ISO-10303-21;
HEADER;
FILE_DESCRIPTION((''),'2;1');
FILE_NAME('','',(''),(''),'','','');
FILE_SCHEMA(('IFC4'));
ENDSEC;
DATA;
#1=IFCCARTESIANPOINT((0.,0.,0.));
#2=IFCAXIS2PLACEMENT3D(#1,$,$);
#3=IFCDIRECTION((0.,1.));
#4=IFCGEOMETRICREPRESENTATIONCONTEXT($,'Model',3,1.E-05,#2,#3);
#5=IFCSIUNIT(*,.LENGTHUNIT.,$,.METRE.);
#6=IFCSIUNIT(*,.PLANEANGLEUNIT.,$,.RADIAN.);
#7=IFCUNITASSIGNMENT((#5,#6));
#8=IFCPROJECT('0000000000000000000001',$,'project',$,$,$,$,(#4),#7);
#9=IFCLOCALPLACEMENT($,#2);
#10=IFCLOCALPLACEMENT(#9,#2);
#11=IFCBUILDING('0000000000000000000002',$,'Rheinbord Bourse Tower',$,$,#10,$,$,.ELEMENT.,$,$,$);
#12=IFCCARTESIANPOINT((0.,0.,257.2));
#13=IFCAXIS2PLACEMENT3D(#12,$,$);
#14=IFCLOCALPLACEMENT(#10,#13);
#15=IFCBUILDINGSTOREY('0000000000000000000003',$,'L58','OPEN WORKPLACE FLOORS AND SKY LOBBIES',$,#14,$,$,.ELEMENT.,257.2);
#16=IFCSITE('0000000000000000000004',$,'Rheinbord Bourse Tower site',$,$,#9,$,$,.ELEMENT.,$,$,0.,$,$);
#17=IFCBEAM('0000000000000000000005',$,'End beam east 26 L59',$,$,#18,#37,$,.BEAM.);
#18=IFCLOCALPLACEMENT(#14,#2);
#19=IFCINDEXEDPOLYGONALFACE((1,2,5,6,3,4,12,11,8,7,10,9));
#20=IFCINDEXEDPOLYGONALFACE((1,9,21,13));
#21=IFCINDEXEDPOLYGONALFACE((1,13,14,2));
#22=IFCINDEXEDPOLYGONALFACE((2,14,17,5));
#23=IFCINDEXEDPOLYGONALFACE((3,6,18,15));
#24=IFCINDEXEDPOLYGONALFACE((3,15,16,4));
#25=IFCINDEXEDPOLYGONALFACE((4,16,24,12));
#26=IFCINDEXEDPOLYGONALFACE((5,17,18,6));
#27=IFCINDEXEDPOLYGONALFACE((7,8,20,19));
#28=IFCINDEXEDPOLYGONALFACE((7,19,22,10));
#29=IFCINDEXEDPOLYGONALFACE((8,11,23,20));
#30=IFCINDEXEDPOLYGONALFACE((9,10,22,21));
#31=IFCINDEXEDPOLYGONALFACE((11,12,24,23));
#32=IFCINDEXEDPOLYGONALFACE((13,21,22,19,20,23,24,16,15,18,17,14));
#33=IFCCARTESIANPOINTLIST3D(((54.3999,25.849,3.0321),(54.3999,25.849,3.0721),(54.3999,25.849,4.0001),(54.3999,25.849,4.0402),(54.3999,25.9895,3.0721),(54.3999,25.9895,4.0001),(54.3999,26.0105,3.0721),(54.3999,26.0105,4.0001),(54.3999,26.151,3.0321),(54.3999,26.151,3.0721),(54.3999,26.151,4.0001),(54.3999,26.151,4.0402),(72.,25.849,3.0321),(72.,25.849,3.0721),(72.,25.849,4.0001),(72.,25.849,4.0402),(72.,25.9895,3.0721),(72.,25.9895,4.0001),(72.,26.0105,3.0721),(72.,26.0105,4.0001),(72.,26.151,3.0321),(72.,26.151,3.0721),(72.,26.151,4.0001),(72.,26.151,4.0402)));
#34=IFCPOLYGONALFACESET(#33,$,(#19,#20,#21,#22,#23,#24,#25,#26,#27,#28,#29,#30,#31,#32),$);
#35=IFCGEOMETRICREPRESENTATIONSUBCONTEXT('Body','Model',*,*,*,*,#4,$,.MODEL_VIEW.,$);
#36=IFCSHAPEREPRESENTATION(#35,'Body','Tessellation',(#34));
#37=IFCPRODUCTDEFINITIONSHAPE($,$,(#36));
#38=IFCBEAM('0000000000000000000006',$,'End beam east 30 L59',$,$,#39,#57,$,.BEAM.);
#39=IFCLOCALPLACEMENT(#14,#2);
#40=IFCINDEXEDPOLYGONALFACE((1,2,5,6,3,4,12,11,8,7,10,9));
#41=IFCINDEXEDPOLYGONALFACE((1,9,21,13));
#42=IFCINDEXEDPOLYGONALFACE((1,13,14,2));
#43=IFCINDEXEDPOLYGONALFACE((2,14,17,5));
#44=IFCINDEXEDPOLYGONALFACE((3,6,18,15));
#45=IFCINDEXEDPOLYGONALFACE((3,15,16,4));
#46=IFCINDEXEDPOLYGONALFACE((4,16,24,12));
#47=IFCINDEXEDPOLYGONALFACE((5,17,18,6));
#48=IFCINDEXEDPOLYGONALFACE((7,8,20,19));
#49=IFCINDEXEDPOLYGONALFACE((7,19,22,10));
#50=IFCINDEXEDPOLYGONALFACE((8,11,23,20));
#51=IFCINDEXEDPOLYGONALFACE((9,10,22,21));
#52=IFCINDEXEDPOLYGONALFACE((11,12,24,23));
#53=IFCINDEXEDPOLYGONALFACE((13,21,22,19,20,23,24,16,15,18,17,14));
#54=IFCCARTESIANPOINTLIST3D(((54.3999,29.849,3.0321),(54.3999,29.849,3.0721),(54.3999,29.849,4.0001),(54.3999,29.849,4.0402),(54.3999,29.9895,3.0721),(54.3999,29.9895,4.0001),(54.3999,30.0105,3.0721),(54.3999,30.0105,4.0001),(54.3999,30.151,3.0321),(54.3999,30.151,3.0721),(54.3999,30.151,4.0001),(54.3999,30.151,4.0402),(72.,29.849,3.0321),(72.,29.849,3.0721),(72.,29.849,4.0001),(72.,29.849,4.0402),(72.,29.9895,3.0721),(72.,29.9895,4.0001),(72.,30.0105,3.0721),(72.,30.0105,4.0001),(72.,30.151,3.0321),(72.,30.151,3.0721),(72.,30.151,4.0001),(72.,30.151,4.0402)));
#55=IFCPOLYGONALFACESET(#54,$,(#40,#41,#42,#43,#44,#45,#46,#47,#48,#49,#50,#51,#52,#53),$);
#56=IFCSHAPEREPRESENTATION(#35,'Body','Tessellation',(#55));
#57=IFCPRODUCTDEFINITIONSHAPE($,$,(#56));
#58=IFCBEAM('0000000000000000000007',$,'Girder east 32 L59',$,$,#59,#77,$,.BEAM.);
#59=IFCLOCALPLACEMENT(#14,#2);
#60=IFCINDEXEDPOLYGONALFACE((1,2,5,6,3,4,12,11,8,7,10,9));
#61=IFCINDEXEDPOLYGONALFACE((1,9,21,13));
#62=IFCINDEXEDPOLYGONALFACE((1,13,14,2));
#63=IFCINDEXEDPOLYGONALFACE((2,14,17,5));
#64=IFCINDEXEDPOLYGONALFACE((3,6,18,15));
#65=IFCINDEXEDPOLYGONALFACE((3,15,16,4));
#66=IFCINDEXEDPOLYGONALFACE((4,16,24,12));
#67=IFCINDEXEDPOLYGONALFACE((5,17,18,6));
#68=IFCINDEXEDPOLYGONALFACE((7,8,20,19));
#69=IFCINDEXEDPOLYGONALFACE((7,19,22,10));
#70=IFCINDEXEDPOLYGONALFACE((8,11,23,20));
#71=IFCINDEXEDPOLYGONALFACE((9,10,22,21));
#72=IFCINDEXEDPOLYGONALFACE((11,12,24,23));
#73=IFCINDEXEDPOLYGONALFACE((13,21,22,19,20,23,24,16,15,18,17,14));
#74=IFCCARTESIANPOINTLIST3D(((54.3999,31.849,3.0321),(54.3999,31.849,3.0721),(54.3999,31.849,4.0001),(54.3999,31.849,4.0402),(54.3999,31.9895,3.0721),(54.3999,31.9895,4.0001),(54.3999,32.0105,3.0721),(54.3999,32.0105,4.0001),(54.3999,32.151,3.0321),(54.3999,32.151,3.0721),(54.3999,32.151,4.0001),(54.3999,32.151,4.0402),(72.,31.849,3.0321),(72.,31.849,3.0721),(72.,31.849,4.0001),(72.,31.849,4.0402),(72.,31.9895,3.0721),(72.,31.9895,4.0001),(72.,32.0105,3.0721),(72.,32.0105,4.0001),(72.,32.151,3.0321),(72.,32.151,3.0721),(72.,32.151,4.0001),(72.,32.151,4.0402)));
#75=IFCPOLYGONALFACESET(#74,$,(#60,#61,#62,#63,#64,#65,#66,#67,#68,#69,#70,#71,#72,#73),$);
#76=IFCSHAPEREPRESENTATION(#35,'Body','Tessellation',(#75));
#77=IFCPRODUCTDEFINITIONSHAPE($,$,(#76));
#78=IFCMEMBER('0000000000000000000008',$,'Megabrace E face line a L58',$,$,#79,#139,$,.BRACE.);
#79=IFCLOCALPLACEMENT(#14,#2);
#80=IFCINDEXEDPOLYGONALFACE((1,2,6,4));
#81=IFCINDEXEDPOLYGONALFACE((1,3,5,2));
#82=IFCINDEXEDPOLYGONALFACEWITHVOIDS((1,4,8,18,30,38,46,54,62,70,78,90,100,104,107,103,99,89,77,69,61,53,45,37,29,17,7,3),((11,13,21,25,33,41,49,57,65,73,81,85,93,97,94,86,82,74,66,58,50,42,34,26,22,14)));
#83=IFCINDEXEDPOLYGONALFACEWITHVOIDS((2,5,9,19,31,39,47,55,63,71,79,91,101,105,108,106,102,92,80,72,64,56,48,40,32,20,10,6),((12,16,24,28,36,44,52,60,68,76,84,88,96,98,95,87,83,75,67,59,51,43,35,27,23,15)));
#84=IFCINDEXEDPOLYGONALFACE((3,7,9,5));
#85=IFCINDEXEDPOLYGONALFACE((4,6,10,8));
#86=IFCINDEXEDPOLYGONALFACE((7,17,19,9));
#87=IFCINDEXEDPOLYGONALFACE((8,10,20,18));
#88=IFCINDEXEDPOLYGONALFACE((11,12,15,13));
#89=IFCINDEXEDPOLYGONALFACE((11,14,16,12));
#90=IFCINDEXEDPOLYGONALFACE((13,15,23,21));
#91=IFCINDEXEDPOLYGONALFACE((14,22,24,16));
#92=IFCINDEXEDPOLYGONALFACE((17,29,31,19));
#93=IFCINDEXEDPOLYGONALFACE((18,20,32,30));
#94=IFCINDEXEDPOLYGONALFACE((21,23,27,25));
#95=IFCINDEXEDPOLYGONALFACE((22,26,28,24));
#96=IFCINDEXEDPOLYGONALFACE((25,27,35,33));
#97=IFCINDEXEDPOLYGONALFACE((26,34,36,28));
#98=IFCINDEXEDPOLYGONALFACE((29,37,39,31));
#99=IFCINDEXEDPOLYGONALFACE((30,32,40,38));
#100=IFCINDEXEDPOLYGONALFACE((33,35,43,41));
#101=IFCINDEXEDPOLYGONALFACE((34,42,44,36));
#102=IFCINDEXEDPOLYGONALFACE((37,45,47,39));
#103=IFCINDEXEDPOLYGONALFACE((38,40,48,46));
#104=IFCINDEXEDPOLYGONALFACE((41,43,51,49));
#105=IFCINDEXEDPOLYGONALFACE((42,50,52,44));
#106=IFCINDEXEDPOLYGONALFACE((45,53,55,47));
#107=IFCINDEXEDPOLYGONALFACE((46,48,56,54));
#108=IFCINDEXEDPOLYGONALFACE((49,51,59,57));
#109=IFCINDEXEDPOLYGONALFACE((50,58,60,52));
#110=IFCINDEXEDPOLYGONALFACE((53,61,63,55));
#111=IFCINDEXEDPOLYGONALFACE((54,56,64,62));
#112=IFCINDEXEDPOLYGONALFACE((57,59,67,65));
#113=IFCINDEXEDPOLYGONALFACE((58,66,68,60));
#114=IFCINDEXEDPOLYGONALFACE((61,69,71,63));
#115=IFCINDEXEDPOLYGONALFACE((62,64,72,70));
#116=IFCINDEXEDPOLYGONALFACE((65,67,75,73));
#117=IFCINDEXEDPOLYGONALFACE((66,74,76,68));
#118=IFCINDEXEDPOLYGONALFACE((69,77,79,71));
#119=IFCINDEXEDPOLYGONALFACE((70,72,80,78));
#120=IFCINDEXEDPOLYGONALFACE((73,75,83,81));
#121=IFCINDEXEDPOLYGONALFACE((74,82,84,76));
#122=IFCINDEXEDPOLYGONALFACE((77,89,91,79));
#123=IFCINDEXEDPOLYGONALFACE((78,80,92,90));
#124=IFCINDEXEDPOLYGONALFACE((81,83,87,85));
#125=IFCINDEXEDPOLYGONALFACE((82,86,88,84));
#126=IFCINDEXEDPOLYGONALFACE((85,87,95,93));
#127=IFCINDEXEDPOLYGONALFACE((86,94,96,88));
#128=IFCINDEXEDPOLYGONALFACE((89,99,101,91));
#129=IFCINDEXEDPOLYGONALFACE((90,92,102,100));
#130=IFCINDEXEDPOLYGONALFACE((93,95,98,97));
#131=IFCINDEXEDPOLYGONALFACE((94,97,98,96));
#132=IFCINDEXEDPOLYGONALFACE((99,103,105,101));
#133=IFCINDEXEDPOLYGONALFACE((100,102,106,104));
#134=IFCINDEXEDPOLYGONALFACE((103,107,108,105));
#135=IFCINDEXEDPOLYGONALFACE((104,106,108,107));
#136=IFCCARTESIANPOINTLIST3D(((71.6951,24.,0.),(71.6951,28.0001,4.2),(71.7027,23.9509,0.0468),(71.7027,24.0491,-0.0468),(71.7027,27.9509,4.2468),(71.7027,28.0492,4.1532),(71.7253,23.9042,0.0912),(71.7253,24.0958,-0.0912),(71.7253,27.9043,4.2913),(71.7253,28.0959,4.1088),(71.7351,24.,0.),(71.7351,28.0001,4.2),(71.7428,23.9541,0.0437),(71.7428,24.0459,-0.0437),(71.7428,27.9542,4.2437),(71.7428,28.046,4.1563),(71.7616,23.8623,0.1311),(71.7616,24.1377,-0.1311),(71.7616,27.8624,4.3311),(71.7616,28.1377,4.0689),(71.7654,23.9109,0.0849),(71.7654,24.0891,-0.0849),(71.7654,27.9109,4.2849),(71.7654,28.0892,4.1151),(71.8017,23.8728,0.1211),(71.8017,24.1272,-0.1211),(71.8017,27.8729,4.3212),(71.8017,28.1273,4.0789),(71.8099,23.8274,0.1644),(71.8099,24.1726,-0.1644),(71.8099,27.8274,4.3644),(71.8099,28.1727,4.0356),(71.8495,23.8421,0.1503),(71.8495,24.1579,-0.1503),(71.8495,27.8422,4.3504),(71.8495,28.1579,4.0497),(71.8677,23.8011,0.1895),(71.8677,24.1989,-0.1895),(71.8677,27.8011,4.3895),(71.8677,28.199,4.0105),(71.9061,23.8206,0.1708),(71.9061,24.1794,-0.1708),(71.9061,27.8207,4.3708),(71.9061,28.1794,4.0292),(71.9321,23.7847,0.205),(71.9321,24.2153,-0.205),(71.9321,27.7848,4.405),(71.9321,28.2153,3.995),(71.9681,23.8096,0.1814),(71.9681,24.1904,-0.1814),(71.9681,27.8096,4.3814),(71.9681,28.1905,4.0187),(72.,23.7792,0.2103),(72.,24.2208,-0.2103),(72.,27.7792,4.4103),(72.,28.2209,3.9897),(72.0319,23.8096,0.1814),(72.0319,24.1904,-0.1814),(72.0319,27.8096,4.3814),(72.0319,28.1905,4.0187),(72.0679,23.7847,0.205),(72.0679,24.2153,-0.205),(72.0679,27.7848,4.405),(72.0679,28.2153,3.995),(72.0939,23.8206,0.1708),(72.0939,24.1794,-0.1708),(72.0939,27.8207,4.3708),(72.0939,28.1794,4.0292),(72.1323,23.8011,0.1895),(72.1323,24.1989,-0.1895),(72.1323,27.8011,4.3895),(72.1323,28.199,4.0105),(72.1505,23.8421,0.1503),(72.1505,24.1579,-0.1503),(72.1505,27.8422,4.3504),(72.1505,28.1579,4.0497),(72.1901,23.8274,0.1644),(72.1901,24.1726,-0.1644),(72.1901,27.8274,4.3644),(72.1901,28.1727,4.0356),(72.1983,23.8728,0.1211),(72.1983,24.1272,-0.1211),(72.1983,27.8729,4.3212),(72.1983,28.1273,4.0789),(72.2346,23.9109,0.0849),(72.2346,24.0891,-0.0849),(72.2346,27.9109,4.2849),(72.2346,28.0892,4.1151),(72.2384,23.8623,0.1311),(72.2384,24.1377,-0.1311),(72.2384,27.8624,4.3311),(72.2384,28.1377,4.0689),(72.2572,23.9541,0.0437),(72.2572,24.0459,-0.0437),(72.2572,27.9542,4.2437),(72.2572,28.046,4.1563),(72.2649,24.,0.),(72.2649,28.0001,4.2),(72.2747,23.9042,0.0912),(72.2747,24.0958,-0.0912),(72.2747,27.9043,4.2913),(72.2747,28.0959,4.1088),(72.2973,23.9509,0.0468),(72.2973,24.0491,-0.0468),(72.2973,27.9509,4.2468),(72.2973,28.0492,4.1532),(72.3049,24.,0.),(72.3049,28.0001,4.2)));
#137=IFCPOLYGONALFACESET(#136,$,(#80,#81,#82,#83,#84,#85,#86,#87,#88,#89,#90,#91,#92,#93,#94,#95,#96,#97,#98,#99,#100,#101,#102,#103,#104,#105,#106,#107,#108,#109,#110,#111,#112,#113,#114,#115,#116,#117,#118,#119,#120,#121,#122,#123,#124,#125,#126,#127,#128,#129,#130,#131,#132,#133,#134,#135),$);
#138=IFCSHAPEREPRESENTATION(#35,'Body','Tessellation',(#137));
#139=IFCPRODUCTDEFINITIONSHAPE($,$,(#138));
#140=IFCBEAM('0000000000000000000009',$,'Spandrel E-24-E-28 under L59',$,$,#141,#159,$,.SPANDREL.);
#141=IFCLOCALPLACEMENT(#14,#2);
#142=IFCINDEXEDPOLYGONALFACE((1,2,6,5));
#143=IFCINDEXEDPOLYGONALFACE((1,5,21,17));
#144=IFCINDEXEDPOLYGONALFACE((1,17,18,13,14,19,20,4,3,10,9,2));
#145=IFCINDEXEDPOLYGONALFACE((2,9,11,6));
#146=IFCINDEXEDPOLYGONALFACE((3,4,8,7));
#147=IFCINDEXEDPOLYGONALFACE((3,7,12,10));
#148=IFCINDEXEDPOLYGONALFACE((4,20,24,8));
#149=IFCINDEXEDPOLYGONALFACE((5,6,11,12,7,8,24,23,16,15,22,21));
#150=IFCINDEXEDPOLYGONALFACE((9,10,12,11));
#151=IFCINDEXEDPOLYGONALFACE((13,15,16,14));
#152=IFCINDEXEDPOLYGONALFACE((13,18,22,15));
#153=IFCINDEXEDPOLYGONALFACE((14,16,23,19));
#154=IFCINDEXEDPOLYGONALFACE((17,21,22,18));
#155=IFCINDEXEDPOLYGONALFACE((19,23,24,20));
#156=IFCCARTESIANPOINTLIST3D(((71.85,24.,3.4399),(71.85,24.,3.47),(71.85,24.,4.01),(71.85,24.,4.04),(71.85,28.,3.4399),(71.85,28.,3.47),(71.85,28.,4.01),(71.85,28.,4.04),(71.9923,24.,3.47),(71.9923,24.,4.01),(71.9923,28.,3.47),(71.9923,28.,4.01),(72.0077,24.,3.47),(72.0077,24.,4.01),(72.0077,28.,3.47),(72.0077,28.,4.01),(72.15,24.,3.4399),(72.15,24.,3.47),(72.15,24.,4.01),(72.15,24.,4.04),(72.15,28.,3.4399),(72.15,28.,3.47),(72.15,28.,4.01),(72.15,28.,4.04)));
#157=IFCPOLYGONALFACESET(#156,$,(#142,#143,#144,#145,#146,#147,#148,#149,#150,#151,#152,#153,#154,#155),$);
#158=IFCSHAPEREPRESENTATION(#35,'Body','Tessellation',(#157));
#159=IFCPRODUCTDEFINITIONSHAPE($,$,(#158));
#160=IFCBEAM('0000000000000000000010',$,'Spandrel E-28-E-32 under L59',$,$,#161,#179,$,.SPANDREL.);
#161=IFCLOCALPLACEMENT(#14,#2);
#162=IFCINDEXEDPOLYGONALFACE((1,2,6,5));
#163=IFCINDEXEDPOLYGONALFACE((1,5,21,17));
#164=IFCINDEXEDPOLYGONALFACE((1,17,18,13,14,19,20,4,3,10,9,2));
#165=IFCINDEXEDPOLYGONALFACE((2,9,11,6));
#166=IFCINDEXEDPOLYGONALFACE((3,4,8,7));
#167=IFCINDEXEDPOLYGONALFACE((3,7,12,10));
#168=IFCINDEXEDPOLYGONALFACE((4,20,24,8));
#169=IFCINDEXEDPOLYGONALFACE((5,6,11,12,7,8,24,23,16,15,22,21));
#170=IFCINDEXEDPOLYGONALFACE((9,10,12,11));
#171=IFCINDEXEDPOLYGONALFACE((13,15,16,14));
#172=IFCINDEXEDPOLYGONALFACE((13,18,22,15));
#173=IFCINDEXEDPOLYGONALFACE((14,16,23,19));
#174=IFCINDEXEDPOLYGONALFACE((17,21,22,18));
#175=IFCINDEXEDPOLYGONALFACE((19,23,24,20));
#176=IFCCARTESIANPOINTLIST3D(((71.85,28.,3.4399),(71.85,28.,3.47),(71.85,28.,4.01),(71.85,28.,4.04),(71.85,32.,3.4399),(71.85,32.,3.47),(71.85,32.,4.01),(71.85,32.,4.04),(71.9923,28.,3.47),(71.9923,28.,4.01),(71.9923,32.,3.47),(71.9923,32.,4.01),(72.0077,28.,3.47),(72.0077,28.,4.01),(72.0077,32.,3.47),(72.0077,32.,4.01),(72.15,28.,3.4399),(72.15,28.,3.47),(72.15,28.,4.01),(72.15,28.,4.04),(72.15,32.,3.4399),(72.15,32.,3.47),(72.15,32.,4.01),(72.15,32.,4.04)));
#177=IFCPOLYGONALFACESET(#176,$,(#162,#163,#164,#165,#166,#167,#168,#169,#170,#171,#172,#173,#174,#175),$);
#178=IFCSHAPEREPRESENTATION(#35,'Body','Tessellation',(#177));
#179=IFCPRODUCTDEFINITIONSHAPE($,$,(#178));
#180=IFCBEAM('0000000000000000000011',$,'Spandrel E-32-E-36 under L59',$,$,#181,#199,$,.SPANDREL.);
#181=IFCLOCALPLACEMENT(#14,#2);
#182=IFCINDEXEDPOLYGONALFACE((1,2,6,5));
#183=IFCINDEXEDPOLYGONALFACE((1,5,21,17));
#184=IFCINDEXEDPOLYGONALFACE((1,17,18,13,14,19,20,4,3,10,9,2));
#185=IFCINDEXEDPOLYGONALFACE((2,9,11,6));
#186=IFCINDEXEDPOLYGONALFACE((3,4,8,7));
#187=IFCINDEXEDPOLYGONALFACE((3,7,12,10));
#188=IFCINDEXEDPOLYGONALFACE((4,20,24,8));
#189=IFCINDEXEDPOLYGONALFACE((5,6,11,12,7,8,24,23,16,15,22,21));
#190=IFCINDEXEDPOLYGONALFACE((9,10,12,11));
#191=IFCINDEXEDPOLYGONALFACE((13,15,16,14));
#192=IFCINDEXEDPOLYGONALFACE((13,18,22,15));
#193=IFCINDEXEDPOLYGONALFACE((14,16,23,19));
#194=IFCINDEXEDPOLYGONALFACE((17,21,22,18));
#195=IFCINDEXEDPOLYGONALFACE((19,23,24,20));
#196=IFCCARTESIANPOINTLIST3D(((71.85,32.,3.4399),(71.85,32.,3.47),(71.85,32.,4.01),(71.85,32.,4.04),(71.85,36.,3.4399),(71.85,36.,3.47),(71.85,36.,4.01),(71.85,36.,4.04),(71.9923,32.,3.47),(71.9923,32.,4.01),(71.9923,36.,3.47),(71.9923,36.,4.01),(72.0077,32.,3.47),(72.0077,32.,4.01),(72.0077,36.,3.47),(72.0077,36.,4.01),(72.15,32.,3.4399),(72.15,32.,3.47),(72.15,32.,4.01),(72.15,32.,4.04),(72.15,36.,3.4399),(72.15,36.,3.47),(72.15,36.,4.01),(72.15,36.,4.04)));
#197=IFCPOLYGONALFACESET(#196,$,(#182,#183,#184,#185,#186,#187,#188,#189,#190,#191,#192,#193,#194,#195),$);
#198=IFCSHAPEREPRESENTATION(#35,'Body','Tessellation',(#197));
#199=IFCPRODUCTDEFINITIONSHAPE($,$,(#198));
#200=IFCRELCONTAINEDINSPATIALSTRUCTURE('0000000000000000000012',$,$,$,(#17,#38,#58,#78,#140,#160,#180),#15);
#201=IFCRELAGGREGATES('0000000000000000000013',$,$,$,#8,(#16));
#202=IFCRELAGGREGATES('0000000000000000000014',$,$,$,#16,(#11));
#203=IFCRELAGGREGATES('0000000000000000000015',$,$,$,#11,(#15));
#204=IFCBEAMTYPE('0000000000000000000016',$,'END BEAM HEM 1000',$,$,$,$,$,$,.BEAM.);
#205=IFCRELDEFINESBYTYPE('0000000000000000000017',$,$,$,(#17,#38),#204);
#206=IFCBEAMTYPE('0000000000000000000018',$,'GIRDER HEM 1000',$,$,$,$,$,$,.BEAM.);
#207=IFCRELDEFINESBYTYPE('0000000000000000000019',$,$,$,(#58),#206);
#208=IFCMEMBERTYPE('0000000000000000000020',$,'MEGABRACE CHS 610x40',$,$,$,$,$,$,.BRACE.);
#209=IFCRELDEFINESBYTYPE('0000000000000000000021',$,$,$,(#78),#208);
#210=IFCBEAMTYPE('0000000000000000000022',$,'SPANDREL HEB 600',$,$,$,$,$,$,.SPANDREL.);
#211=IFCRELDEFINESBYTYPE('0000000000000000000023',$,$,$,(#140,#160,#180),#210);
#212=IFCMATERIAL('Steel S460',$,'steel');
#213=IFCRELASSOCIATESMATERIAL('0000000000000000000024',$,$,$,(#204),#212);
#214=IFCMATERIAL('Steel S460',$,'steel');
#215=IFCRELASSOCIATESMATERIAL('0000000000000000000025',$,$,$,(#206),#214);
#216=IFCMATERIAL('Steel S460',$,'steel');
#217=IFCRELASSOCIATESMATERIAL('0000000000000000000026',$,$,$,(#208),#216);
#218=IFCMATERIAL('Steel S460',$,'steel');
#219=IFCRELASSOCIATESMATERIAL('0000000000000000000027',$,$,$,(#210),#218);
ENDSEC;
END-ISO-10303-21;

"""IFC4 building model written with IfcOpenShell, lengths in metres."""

from ifc_helpers import new_model, si_unit, direction, frame, origin, origin_2d, place, context, subcontext, project, spatial, hollow_circle, i_section, extrude, material, material_profile, profile_set, type_object, element, save


model = new_model("IFC4")

# Units and contexts
model_context = context("Model", 3, precision=1e-05, world=origin(), true_north=direction((0.0, 1.0)))
body_context = subcontext(model_context, "Body", "Model", "MODEL_VIEW")
ifc_project = project(units=[si_unit("LENGTHUNIT", "METRE"), si_unit("PLANEANGLEUNIT", "RADIAN")], contexts=[model_context])

# Site, building, storey
site_placement = place(None, origin())
site = spatial("IfcSite", under=ifc_project, at=site_placement, Name="Rheinbord Bourse Tower site", CompositionType="ELEMENT", RefElevation=0.0)
building_placement = place(site_placement, origin())
building = spatial("IfcBuilding", under=site, at=building_placement, Name="Rheinbord Bourse Tower", CompositionType="ELEMENT")
storey_placement = place(building_placement, frame((0.0, 0.0, 257.2)))
storey = spatial("IfcBuildingStorey", under=building, at=storey_placement, Name="L58", Description="OPEN WORKPLACE FLOORS AND SKY LOBBIES", CompositionType="ELEMENT", Elevation=257.2)

# Beams
ifc_material_1 = material(Name="Steel S460", Category="steel")
ifc_material_profile_1 = material_profile(ifc_material_1, i_section(OverallWidth=0.302, OverallDepth=1.0081, WebThickness=0.021, FlangeThickness=0.04, at=origin_2d()), Name="HEM 1000")
ifc_profile_set_1 = profile_set([ifc_material_profile_1], Name="Steel S460")
beam_type_1 = type_object("IfcBeamType", Name="END BEAM HEM 1000", PredefinedType="BEAM", material=ifc_profile_set_1)
for number, where, z_axis, x_axis, name in (
    (1, (54.3999, 26.0, 3.5361), (1.0, 0.0, 0.0), (0.0, 1.0, 0.0), "End beam east 26 L59"),
    (2, (54.3999, 30.0, 3.5361), (1.0, 0.0, 0.0), (0.0, 1.0, 0.0), "End beam east 30 L59"),
):
    element("IfcBeam", number, at=place(storey_placement, frame(where, z_axis=z_axis, x_axis=x_axis)), inside=storey, type_object=beam_type_1, Name=name, PredefinedType="BEAM", context=body_context, shape_type="SweptSolid", body=[
        extrude(i_section(OverallWidth=0.302, OverallDepth=1.0081, WebThickness=0.021, FlangeThickness=0.04, at=origin_2d()), origin(), (0.0, 0.0, 1.0), 17.6001),
    ])
ifc_material_2 = material(Name="Steel S460", Category="steel")
ifc_material_profile_2 = material_profile(ifc_material_2, i_section(OverallWidth=0.302, OverallDepth=1.0081, WebThickness=0.021, FlangeThickness=0.04, at=origin_2d()), Name="HEM 1000")
ifc_profile_set_2 = profile_set([ifc_material_profile_2], Name="Steel S460")
beam_type_2 = type_object("IfcBeamType", Name="GIRDER HEM 1000", PredefinedType="BEAM", material=ifc_profile_set_2)
beam_1_placement = place(storey_placement, frame((54.3999, 32.0, 3.5361), z_axis=(1.0, 0.0, 0.0), x_axis=(0.0, 1.0, 0.0)))
element("IfcBeam", 3, at=beam_1_placement, inside=storey, type_object=beam_type_2, Name="Girder east 32 L59", PredefinedType="BEAM", context=body_context, shape_type="SweptSolid", body=[
    extrude(i_section(OverallWidth=0.302, OverallDepth=1.0081, WebThickness=0.021, FlangeThickness=0.04, at=origin_2d()), origin(), (0.0, 0.0, 1.0), 17.6001),
])

# Member
ifc_material_3 = material(Name="Steel S460", Category="steel")
ifc_material_profile_3 = material_profile(ifc_material_3, hollow_circle(Radius=0.3049, WallThickness=0.04, at=origin_2d()), Name="CHS 610x40")
ifc_profile_set_3 = profile_set([ifc_material_profile_3], Name="Steel S460")
member_type_1 = type_object("IfcMemberType", Name="MEGABRACE CHS 610x40", PredefinedType="BRACE", material=ifc_profile_set_3)
member_1_placement = place(storey_placement, frame((72.0, 24.0, 0.0), z_axis=(0.0, 0.689659, 0.724134), x_axis=(-1.0, 0.0, 0.0)))
element("IfcMember", 4, at=member_1_placement, inside=storey, type_object=member_type_1, Name="Megabrace E face line a L58", PredefinedType="BRACE", context=body_context, shape_type="SweptSolid", body=[
    extrude(hollow_circle(Radius=0.3049, WallThickness=0.04, at=origin_2d()), origin(), (0.0, 0.0, 1.0), 5.8),
])

# Beams
ifc_material_4 = material(Name="Steel S460", Category="steel")
ifc_material_profile_4 = material_profile(ifc_material_4, i_section(OverallWidth=0.3, OverallDepth=0.6001, WebThickness=0.0154, FlangeThickness=0.03, at=origin_2d()), Name="HEB 600")
ifc_profile_set_4 = profile_set([ifc_material_profile_4], Name="Steel S460")
beam_type_3 = type_object("IfcBeamType", Name="SPANDREL HEB 600", PredefinedType="SPANDREL", material=ifc_profile_set_4)
for number, where, z_axis, x_axis, name in (
    (5, (72.0, 24.0, 3.74), (0.0, 1.0, 0.0), (-1.0, 0.0, 0.0), "Spandrel E-24-E-28 under L59"),
    (6, (72.0, 28.0, 3.74), (0.0, 1.0, 0.0), (-1.0, 0.0, 0.0), "Spandrel E-28-E-32 under L59"),
    (7, (72.0, 32.0, 3.74), (0.0, 1.0, 0.0), (-1.0, 0.0, 0.0), "Spandrel E-32-E-36 under L59"),
):
    element("IfcBeam", number, at=place(storey_placement, frame(where, z_axis=z_axis, x_axis=x_axis)), inside=storey, type_object=beam_type_3, Name=name, PredefinedType="SPANDREL", context=body_context, shape_type="SweptSolid", body=[
        extrude(i_section(OverallWidth=0.3, OverallDepth=0.6001, WebThickness=0.0154, FlangeThickness=0.03, at=origin_2d()), origin(), (0.0, 0.0, 1.0), 4.0),
    ])

save(model, "model.ifc")
